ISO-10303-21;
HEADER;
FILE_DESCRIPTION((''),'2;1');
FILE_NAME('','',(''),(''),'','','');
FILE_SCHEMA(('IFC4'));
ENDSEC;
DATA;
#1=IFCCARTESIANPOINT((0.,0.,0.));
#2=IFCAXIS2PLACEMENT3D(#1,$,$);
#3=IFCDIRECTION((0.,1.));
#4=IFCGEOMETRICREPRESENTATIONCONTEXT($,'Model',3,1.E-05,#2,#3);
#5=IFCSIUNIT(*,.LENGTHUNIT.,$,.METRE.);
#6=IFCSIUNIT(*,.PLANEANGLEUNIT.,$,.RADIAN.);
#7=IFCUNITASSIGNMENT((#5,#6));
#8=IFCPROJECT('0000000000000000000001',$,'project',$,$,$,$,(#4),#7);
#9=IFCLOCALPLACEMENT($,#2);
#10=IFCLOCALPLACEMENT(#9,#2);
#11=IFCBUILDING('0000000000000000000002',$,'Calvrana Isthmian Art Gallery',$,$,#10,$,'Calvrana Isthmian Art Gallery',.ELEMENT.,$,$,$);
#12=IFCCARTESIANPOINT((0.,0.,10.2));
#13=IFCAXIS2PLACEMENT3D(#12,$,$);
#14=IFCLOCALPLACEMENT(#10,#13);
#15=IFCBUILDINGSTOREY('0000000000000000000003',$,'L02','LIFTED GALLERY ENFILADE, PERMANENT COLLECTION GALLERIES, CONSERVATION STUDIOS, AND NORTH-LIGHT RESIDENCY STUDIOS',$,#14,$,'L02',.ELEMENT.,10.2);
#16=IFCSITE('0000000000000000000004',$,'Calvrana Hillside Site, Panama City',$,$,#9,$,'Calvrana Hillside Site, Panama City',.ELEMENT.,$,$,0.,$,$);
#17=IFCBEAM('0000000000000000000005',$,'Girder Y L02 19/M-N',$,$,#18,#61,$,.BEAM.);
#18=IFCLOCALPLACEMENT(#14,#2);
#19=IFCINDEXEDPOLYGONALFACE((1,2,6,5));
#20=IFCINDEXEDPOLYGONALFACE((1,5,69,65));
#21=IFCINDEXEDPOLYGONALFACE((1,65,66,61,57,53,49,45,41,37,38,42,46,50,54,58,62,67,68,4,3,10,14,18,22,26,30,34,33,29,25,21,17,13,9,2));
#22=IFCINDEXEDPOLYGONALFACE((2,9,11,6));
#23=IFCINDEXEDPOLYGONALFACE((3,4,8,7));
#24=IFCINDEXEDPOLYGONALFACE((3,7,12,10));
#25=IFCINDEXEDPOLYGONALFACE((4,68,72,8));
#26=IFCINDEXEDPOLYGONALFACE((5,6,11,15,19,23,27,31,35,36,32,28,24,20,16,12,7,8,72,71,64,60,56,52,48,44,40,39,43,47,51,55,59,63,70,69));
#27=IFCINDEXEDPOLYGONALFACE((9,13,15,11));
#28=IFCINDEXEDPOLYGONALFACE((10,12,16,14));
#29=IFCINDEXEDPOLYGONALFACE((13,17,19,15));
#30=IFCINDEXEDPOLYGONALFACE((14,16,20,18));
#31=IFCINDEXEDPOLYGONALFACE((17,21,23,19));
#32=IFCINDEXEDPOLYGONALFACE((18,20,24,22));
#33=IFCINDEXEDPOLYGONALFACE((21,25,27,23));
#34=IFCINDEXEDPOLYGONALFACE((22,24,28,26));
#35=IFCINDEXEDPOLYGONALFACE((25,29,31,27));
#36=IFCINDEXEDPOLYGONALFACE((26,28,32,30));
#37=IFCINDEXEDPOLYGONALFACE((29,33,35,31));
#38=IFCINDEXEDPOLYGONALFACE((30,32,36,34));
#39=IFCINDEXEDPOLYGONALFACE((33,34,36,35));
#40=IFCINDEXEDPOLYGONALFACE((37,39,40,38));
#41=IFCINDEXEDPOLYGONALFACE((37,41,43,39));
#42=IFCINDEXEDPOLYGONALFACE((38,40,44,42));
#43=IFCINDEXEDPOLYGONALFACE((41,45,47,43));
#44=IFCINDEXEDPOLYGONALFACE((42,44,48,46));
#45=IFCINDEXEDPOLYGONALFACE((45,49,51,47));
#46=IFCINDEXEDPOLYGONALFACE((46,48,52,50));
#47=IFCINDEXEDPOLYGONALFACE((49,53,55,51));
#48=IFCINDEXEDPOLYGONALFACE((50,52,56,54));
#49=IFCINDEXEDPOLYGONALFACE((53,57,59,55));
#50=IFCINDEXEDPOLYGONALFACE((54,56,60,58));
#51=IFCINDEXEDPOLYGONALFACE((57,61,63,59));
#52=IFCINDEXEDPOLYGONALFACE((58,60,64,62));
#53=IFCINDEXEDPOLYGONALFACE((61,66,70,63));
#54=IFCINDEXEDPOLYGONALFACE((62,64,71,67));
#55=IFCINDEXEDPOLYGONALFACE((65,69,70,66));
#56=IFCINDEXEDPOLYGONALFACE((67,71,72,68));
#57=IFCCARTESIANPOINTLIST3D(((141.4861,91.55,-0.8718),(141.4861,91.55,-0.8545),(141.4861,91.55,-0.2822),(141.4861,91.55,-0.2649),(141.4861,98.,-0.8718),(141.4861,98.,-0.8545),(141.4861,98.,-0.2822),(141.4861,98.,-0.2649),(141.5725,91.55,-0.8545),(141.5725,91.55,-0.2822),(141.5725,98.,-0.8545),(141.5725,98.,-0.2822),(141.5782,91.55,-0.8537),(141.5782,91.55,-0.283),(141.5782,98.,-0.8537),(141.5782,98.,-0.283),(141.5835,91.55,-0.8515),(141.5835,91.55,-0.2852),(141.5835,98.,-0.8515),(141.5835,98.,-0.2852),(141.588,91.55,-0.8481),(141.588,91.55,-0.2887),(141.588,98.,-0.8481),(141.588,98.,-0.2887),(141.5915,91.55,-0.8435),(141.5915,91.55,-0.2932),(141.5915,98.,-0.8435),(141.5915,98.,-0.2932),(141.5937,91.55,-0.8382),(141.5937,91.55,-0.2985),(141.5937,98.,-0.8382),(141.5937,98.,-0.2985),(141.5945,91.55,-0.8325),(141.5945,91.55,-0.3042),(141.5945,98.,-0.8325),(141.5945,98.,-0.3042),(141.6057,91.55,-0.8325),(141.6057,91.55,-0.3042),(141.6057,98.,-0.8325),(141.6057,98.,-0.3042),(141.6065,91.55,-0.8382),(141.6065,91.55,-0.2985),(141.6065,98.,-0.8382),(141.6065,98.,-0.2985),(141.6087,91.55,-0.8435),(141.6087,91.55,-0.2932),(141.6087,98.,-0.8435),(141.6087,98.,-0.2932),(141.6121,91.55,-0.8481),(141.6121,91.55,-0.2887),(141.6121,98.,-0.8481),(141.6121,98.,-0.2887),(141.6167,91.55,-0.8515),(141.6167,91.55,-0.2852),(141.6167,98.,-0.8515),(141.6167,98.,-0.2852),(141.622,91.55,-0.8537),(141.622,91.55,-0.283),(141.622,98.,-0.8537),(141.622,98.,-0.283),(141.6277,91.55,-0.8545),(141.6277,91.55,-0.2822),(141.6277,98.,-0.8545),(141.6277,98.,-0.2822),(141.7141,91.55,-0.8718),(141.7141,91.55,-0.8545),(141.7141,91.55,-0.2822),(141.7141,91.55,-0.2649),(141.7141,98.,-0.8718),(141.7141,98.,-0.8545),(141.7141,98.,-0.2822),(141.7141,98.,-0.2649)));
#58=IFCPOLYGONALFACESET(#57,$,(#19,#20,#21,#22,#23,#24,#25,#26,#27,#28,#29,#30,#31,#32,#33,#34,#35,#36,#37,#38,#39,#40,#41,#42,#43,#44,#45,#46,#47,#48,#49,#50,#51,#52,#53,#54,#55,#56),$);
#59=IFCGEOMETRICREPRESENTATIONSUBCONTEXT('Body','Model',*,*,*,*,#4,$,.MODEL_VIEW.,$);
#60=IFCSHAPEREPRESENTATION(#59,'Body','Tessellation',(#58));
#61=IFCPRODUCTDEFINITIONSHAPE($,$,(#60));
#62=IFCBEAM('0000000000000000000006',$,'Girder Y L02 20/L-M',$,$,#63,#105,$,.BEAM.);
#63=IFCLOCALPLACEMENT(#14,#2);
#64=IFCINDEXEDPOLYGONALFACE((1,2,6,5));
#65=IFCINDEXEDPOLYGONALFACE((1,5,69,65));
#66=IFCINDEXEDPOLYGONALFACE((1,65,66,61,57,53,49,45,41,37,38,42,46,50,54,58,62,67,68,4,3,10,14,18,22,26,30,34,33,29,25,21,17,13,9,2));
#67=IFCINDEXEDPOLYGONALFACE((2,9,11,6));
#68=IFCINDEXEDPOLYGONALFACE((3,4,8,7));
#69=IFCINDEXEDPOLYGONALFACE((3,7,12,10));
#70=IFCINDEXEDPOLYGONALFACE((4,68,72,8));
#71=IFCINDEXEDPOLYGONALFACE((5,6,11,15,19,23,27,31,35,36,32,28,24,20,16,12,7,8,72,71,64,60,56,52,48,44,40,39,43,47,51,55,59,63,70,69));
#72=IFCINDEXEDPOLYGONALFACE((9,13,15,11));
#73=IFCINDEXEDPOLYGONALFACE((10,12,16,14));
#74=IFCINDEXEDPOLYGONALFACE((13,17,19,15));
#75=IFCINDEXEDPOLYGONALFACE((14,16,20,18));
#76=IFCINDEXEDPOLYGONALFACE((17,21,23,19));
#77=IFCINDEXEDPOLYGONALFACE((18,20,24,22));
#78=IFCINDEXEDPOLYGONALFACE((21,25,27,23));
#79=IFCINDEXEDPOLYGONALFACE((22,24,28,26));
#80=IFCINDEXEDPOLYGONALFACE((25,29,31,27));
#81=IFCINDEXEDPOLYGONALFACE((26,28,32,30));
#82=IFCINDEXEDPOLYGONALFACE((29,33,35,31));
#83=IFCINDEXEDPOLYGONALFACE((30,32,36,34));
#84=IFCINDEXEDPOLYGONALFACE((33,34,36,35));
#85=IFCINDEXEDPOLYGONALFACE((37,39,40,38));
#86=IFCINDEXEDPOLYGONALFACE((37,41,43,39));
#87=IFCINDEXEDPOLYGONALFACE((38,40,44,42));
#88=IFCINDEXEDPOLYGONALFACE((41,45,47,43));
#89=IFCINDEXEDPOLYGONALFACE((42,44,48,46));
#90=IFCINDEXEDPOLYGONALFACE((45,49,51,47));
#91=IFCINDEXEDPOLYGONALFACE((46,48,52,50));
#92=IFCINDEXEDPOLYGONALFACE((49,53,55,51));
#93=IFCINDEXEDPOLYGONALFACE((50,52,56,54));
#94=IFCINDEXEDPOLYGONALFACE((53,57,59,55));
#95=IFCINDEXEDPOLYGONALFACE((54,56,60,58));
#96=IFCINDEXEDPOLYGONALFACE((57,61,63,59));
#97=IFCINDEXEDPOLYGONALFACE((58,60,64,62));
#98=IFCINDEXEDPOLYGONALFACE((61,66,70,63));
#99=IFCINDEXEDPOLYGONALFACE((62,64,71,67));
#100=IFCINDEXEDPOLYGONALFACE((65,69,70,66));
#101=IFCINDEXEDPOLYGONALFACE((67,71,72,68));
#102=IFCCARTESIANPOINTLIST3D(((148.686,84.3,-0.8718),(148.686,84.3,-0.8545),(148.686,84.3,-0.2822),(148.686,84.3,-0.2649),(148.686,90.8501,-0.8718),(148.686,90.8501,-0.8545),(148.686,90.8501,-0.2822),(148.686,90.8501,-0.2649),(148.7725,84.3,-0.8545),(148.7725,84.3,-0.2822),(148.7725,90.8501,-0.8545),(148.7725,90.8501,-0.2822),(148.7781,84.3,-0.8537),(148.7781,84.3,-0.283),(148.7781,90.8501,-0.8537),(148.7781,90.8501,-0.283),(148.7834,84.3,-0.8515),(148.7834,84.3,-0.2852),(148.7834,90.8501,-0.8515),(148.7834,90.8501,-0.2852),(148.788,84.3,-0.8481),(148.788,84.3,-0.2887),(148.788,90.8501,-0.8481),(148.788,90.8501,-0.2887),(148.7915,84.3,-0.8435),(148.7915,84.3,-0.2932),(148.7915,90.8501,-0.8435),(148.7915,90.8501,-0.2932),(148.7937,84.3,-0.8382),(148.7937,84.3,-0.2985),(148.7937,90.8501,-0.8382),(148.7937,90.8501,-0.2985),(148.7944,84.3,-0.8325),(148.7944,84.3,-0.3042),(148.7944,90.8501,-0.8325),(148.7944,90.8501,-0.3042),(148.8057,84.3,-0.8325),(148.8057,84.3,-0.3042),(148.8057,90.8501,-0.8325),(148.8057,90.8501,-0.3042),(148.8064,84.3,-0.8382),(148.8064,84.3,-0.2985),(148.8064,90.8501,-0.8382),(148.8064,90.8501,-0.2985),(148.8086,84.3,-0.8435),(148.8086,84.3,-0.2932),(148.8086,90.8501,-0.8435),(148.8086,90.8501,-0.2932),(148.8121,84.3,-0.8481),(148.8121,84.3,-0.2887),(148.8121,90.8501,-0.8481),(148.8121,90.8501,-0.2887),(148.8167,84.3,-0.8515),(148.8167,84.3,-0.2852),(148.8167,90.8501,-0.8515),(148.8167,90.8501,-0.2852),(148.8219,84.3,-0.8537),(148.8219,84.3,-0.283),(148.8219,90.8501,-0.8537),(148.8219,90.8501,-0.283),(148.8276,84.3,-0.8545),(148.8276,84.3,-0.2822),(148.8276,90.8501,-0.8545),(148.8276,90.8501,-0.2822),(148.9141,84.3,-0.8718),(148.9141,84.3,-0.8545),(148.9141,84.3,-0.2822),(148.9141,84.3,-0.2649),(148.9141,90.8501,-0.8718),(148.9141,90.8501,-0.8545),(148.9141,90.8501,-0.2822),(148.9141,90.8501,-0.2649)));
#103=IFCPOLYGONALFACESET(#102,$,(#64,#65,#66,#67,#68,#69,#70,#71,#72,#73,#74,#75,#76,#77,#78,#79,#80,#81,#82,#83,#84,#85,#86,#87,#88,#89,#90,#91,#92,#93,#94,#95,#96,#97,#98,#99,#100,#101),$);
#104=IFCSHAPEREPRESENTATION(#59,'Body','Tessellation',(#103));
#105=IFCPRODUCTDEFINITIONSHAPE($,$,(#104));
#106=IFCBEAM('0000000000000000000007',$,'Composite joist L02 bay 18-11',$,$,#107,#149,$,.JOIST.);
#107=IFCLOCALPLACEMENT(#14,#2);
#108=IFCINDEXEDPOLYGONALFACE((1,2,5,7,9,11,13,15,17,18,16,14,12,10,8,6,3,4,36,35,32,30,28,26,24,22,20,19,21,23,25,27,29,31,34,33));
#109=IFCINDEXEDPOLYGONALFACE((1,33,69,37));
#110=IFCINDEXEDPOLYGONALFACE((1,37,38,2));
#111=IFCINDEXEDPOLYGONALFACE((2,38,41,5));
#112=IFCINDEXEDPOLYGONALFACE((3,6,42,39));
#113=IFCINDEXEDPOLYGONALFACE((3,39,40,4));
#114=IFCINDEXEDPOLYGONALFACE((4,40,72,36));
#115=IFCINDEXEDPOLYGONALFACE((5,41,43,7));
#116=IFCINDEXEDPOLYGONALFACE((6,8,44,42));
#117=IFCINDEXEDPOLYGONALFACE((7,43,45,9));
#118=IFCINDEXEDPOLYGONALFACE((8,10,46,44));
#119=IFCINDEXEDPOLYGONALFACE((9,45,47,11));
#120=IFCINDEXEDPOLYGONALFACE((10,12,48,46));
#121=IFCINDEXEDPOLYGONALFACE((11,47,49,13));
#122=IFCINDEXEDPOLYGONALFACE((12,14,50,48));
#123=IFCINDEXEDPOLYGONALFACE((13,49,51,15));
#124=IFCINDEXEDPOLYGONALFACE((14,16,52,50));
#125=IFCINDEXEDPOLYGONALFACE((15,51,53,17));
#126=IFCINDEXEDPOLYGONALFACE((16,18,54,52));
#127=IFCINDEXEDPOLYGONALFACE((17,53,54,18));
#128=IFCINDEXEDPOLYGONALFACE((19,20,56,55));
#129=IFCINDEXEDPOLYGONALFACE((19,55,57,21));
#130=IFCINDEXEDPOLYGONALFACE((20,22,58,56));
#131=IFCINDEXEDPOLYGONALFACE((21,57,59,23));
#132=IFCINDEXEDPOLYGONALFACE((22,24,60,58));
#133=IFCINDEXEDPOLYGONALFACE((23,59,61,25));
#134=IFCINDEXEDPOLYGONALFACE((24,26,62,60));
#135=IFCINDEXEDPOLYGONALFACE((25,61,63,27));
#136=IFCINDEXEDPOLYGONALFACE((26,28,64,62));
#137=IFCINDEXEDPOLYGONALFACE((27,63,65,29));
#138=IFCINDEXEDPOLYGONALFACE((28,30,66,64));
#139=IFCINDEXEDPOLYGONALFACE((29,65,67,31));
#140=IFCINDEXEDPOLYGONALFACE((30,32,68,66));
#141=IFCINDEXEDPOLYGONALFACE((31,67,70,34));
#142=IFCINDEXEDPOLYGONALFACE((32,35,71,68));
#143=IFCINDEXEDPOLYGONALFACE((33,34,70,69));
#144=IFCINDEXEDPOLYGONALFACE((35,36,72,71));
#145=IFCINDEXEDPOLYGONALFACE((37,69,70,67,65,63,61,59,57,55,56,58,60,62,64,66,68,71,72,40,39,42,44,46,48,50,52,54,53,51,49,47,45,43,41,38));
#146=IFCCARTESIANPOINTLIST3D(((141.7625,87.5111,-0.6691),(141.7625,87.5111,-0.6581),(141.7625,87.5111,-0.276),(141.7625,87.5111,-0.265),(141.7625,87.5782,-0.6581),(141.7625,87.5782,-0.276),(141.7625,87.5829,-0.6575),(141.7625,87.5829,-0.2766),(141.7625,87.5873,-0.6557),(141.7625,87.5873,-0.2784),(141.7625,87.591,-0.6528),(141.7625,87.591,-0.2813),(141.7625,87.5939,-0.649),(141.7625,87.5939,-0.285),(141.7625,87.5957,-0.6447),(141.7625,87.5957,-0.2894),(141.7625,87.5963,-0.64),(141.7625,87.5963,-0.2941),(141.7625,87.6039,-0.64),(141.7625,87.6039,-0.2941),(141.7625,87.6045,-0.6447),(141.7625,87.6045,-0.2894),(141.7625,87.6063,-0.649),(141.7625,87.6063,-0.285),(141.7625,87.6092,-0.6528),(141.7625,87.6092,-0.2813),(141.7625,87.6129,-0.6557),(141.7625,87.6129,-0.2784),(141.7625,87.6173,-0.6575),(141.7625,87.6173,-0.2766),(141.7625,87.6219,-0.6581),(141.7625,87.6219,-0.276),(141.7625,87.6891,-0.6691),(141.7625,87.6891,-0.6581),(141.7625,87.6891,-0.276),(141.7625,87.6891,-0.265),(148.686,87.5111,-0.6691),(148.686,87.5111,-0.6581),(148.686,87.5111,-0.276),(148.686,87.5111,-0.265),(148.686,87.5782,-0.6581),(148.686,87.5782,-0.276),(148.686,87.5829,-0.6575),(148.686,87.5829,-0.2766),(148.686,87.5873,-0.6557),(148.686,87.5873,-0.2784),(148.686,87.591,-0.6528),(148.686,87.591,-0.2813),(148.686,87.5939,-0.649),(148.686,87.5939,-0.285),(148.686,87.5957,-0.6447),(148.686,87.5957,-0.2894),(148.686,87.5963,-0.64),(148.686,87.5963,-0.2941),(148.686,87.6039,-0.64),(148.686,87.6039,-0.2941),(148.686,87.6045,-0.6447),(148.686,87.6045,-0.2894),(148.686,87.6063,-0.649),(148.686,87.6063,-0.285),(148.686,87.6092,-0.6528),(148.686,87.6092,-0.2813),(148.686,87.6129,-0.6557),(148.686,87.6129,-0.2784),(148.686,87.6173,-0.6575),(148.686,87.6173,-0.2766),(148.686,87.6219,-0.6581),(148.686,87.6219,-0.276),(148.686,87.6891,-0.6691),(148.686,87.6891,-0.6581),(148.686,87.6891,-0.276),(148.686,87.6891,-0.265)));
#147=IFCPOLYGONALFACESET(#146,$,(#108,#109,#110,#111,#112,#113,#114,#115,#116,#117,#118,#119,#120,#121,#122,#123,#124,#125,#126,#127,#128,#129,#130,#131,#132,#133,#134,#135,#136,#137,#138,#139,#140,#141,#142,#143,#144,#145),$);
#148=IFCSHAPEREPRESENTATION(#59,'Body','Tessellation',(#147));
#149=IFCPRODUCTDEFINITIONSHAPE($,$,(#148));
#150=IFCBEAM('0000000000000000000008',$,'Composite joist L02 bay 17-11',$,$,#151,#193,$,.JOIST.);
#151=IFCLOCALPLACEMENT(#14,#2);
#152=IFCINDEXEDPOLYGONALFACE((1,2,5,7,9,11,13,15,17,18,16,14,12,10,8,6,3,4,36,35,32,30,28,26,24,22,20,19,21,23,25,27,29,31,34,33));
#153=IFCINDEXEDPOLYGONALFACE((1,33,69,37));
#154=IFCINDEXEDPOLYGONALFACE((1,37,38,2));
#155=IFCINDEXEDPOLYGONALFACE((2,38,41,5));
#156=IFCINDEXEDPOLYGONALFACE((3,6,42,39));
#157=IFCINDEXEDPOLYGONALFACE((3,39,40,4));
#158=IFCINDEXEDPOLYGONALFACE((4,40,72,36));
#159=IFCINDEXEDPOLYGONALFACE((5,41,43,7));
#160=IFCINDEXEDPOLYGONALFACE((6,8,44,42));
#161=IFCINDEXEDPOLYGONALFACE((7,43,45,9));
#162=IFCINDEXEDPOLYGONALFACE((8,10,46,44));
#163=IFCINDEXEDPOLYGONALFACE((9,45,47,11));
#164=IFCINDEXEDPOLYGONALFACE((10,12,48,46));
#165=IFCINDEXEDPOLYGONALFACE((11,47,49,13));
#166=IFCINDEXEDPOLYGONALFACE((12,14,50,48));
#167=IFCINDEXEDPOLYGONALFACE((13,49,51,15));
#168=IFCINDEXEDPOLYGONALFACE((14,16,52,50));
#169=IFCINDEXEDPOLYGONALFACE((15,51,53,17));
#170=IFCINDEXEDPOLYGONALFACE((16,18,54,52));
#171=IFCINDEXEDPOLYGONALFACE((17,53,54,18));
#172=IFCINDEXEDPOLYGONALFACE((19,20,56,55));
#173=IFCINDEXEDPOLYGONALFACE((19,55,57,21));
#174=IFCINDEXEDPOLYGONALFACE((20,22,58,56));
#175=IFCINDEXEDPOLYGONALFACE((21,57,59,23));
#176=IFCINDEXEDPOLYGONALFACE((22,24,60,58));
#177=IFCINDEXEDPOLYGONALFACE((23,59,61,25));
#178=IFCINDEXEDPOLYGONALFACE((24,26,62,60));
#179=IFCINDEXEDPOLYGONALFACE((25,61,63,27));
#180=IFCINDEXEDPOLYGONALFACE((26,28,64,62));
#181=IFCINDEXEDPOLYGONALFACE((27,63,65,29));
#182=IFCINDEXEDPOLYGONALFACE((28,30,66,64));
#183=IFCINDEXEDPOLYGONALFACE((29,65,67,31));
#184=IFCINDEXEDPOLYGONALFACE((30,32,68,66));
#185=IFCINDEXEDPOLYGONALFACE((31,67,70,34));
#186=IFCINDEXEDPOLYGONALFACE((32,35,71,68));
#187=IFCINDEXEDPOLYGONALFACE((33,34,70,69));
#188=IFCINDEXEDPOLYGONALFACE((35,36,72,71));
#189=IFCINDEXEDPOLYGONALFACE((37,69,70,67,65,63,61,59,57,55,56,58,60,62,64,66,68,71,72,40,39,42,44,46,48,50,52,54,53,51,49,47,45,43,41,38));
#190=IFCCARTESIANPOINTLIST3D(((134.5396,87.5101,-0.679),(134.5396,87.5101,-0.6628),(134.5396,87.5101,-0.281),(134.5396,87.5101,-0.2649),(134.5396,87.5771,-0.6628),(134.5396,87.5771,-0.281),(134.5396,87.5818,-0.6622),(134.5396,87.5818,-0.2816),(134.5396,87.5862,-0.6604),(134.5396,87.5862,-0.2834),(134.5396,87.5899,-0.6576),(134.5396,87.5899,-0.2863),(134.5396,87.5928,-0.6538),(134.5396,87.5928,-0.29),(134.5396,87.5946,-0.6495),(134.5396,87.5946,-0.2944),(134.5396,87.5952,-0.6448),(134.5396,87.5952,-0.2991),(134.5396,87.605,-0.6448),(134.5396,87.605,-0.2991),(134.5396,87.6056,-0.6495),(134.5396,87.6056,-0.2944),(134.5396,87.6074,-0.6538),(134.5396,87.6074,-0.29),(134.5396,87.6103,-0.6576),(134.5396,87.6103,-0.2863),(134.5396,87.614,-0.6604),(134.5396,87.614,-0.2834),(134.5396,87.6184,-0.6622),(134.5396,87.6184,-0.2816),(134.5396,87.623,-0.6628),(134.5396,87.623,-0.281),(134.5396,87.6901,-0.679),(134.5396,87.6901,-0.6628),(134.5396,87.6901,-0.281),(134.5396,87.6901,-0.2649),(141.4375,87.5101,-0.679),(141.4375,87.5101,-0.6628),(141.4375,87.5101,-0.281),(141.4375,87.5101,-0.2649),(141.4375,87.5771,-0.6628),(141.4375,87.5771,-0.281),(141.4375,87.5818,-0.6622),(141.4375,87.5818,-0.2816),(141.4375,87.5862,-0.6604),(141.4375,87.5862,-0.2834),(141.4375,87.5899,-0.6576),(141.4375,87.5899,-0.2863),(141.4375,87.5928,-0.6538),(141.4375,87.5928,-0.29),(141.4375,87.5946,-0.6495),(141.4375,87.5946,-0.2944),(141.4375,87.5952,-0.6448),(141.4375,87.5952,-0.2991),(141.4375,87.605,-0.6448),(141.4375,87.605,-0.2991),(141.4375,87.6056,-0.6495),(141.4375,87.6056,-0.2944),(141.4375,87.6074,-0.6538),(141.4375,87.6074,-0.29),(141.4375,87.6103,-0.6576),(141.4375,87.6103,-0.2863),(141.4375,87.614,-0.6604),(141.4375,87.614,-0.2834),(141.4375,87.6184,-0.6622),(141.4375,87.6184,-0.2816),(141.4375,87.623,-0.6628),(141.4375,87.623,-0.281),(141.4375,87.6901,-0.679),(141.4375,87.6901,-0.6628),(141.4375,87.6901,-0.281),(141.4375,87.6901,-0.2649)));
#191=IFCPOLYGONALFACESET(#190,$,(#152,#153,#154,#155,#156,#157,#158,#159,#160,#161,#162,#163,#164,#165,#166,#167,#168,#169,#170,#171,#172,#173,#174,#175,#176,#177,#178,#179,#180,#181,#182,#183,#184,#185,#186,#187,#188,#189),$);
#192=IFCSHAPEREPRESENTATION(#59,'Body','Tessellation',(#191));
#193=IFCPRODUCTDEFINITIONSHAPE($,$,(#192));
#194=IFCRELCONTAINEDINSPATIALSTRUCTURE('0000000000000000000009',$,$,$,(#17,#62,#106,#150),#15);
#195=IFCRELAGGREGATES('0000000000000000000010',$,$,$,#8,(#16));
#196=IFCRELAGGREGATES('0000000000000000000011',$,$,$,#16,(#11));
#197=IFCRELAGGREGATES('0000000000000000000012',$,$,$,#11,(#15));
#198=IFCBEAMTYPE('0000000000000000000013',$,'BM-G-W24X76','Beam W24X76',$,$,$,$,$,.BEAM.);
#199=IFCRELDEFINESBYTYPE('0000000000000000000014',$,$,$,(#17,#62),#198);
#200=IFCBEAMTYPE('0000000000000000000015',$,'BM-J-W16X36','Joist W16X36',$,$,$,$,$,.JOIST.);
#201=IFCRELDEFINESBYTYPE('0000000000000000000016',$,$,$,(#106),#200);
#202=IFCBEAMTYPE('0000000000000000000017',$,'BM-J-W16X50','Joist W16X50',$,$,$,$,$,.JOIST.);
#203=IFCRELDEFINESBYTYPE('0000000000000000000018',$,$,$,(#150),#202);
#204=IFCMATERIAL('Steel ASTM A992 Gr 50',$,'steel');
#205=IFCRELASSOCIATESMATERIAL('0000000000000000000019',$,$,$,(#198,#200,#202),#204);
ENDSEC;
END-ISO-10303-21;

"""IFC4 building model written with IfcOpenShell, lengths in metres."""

from ifc_helpers import new_model, si_unit, direction, frame, origin, origin_2d, place, context, subcontext, project, spatial, i_section, extrude, material, material_profile, profile_set, type_object, element, save


model = new_model("IFC4")

# Units and contexts
model_context = context("Model", 3, precision=1e-05, world=origin(), true_north=direction((0.0, 1.0)))
body_context = subcontext(model_context, "Body", "Model", "MODEL_VIEW")
ifc_project = project(units=[si_unit("LENGTHUNIT", "METRE"), si_unit("PLANEANGLEUNIT", "RADIAN")], contexts=[model_context])

# Site, building, storey
site_placement = place(None, origin())
site = spatial("IfcSite", under=ifc_project, at=site_placement, Name="Calvrana Hillside Site, Panama City", LongName="Calvrana Hillside Site, Panama City", CompositionType="ELEMENT", RefElevation=0.0)
building_placement = place(site_placement, origin())
building = spatial("IfcBuilding", under=site, at=building_placement, Name="Calvrana Isthmian Art Gallery", LongName="Calvrana Isthmian Art Gallery", CompositionType="ELEMENT")
storey_placement = place(building_placement, frame((0.0, 0.0, 10.2)))
storey = spatial("IfcBuildingStorey", under=building, at=storey_placement, Name="L02", Description="LIFTED GALLERY ENFILADE, PERMANENT COLLECTION GALLERIES, CONSERVATION STUDIOS, AND NORTH-LIGHT RESIDENCY STUDIOS", LongName="L02", CompositionType="ELEMENT", Elevation=10.2)

# Beams
ifc_material_1 = material(Name="Steel ASTM A992 Gr 50", Category="steel")
ifc_material_profile_1 = material_profile(ifc_material_1, i_section(OverallWidth=0.228, OverallDepth=0.6069, WebThickness=0.0112, FlangeThickness=0.0173, FilletRadius=0.022, at=origin_2d()), Name="W24X76")
ifc_profile_set_1 = profile_set([ifc_material_profile_1], Name="Steel ASTM A992 Gr 50")
beam_type_1 = type_object("IfcBeamType", Name="BM-G-W24X76", Description="Beam W24X76", PredefinedType="BEAM", material=ifc_profile_set_1)
beam_1_placement = place(storey_placement, frame((141.6001, 91.55, -0.5684), z_axis=(0.0, 1.0, 0.0), x_axis=(-1.0, 0.0, 0.0)))
element("IfcBeam", 1, at=beam_1_placement, inside=storey, type_object=beam_type_1, Name="Girder Y L02 19/M-N", PredefinedType="BEAM", context=body_context, shape_type="SweptSolid", body=[
    extrude(i_section(OverallWidth=0.228, OverallDepth=0.6069, WebThickness=0.0112, FlangeThickness=0.0173, FilletRadius=0.022, at=origin_2d()), origin(), (0.0, 0.0, 1.0), 6.45),
])
beam_2_placement = place(storey_placement, frame((148.8, 84.3, -0.5684), z_axis=(0.0, 1.0, 0.0), x_axis=(-1.0, 0.0, 0.0)))
element("IfcBeam", 2, at=beam_2_placement, inside=storey, type_object=beam_type_1, Name="Girder Y L02 20/L-M", PredefinedType="BEAM", context=body_context, shape_type="SweptSolid", body=[
    extrude(i_section(OverallWidth=0.228, OverallDepth=0.6069, WebThickness=0.0112, FlangeThickness=0.0173, FilletRadius=0.022, at=origin_2d()), origin(), (0.0, 0.0, 1.0), 6.55),
])
ifc_material_profile_2 = material_profile(ifc_material_1, i_section(OverallWidth=0.178, OverallDepth=0.4041, WebThickness=0.0076, FlangeThickness=0.011, FilletRadius=0.0181, at=origin_2d()), Name="W16X36")
ifc_profile_set_2 = profile_set([ifc_material_profile_2], Name="Steel ASTM A992 Gr 50")
beam_type_2 = type_object("IfcBeamType", Name="BM-J-W16X36", Description="Joist W16X36", PredefinedType="JOIST", material=ifc_profile_set_2)
beam_3_placement = place(storey_placement, frame((141.7625, 87.6001, -0.467), z_axis=(1.0, 0.0, 0.0), x_axis=(0.0, 1.0, 0.0)))
element("IfcBeam", 3, at=beam_3_placement, inside=storey, type_object=beam_type_2, Name="Composite joist L02 bay 18-11", PredefinedType="JOIST", context=body_context, shape_type="SweptSolid", body=[
    extrude(i_section(OverallWidth=0.178, OverallDepth=0.4041, WebThickness=0.0076, FlangeThickness=0.011, FilletRadius=0.0181, at=origin_2d()), origin(), (0.0, 0.0, 1.0), 6.9236),
])
ifc_material_profile_3 = material_profile(ifc_material_1, i_section(OverallWidth=0.1799, OverallDepth=0.4141, WebThickness=0.0098, FlangeThickness=0.0161, FilletRadius=0.0181, at=origin_2d()), Name="W16X50")
ifc_profile_set_3 = profile_set([ifc_material_profile_3], Name="Steel ASTM A992 Gr 50")
beam_type_3 = type_object("IfcBeamType", Name="BM-J-W16X50", Description="Joist W16X50", PredefinedType="JOIST", material=ifc_profile_set_3)
for number, where, z_axis, x_axis, name in (
    (4, (134.5396, 87.6001, -0.4719), (1.0, 0.0, 0.0), (0.0, 1.0, 0.0), "Composite joist L02 bay 17-11"),
):
    element("IfcBeam", number, at=place(storey_placement, frame(where, z_axis=z_axis, x_axis=x_axis)), inside=storey, type_object=beam_type_3, Name=name, PredefinedType="JOIST", context=body_context, shape_type="SweptSolid", body=[
        extrude(i_section(OverallWidth=0.1799, OverallDepth=0.4141, WebThickness=0.0098, FlangeThickness=0.0161, FilletRadius=0.0181, at=origin_2d()), origin(), (0.0, 0.0, 1.0), 6.8979),
    ])

save(model, "model.ifc")
